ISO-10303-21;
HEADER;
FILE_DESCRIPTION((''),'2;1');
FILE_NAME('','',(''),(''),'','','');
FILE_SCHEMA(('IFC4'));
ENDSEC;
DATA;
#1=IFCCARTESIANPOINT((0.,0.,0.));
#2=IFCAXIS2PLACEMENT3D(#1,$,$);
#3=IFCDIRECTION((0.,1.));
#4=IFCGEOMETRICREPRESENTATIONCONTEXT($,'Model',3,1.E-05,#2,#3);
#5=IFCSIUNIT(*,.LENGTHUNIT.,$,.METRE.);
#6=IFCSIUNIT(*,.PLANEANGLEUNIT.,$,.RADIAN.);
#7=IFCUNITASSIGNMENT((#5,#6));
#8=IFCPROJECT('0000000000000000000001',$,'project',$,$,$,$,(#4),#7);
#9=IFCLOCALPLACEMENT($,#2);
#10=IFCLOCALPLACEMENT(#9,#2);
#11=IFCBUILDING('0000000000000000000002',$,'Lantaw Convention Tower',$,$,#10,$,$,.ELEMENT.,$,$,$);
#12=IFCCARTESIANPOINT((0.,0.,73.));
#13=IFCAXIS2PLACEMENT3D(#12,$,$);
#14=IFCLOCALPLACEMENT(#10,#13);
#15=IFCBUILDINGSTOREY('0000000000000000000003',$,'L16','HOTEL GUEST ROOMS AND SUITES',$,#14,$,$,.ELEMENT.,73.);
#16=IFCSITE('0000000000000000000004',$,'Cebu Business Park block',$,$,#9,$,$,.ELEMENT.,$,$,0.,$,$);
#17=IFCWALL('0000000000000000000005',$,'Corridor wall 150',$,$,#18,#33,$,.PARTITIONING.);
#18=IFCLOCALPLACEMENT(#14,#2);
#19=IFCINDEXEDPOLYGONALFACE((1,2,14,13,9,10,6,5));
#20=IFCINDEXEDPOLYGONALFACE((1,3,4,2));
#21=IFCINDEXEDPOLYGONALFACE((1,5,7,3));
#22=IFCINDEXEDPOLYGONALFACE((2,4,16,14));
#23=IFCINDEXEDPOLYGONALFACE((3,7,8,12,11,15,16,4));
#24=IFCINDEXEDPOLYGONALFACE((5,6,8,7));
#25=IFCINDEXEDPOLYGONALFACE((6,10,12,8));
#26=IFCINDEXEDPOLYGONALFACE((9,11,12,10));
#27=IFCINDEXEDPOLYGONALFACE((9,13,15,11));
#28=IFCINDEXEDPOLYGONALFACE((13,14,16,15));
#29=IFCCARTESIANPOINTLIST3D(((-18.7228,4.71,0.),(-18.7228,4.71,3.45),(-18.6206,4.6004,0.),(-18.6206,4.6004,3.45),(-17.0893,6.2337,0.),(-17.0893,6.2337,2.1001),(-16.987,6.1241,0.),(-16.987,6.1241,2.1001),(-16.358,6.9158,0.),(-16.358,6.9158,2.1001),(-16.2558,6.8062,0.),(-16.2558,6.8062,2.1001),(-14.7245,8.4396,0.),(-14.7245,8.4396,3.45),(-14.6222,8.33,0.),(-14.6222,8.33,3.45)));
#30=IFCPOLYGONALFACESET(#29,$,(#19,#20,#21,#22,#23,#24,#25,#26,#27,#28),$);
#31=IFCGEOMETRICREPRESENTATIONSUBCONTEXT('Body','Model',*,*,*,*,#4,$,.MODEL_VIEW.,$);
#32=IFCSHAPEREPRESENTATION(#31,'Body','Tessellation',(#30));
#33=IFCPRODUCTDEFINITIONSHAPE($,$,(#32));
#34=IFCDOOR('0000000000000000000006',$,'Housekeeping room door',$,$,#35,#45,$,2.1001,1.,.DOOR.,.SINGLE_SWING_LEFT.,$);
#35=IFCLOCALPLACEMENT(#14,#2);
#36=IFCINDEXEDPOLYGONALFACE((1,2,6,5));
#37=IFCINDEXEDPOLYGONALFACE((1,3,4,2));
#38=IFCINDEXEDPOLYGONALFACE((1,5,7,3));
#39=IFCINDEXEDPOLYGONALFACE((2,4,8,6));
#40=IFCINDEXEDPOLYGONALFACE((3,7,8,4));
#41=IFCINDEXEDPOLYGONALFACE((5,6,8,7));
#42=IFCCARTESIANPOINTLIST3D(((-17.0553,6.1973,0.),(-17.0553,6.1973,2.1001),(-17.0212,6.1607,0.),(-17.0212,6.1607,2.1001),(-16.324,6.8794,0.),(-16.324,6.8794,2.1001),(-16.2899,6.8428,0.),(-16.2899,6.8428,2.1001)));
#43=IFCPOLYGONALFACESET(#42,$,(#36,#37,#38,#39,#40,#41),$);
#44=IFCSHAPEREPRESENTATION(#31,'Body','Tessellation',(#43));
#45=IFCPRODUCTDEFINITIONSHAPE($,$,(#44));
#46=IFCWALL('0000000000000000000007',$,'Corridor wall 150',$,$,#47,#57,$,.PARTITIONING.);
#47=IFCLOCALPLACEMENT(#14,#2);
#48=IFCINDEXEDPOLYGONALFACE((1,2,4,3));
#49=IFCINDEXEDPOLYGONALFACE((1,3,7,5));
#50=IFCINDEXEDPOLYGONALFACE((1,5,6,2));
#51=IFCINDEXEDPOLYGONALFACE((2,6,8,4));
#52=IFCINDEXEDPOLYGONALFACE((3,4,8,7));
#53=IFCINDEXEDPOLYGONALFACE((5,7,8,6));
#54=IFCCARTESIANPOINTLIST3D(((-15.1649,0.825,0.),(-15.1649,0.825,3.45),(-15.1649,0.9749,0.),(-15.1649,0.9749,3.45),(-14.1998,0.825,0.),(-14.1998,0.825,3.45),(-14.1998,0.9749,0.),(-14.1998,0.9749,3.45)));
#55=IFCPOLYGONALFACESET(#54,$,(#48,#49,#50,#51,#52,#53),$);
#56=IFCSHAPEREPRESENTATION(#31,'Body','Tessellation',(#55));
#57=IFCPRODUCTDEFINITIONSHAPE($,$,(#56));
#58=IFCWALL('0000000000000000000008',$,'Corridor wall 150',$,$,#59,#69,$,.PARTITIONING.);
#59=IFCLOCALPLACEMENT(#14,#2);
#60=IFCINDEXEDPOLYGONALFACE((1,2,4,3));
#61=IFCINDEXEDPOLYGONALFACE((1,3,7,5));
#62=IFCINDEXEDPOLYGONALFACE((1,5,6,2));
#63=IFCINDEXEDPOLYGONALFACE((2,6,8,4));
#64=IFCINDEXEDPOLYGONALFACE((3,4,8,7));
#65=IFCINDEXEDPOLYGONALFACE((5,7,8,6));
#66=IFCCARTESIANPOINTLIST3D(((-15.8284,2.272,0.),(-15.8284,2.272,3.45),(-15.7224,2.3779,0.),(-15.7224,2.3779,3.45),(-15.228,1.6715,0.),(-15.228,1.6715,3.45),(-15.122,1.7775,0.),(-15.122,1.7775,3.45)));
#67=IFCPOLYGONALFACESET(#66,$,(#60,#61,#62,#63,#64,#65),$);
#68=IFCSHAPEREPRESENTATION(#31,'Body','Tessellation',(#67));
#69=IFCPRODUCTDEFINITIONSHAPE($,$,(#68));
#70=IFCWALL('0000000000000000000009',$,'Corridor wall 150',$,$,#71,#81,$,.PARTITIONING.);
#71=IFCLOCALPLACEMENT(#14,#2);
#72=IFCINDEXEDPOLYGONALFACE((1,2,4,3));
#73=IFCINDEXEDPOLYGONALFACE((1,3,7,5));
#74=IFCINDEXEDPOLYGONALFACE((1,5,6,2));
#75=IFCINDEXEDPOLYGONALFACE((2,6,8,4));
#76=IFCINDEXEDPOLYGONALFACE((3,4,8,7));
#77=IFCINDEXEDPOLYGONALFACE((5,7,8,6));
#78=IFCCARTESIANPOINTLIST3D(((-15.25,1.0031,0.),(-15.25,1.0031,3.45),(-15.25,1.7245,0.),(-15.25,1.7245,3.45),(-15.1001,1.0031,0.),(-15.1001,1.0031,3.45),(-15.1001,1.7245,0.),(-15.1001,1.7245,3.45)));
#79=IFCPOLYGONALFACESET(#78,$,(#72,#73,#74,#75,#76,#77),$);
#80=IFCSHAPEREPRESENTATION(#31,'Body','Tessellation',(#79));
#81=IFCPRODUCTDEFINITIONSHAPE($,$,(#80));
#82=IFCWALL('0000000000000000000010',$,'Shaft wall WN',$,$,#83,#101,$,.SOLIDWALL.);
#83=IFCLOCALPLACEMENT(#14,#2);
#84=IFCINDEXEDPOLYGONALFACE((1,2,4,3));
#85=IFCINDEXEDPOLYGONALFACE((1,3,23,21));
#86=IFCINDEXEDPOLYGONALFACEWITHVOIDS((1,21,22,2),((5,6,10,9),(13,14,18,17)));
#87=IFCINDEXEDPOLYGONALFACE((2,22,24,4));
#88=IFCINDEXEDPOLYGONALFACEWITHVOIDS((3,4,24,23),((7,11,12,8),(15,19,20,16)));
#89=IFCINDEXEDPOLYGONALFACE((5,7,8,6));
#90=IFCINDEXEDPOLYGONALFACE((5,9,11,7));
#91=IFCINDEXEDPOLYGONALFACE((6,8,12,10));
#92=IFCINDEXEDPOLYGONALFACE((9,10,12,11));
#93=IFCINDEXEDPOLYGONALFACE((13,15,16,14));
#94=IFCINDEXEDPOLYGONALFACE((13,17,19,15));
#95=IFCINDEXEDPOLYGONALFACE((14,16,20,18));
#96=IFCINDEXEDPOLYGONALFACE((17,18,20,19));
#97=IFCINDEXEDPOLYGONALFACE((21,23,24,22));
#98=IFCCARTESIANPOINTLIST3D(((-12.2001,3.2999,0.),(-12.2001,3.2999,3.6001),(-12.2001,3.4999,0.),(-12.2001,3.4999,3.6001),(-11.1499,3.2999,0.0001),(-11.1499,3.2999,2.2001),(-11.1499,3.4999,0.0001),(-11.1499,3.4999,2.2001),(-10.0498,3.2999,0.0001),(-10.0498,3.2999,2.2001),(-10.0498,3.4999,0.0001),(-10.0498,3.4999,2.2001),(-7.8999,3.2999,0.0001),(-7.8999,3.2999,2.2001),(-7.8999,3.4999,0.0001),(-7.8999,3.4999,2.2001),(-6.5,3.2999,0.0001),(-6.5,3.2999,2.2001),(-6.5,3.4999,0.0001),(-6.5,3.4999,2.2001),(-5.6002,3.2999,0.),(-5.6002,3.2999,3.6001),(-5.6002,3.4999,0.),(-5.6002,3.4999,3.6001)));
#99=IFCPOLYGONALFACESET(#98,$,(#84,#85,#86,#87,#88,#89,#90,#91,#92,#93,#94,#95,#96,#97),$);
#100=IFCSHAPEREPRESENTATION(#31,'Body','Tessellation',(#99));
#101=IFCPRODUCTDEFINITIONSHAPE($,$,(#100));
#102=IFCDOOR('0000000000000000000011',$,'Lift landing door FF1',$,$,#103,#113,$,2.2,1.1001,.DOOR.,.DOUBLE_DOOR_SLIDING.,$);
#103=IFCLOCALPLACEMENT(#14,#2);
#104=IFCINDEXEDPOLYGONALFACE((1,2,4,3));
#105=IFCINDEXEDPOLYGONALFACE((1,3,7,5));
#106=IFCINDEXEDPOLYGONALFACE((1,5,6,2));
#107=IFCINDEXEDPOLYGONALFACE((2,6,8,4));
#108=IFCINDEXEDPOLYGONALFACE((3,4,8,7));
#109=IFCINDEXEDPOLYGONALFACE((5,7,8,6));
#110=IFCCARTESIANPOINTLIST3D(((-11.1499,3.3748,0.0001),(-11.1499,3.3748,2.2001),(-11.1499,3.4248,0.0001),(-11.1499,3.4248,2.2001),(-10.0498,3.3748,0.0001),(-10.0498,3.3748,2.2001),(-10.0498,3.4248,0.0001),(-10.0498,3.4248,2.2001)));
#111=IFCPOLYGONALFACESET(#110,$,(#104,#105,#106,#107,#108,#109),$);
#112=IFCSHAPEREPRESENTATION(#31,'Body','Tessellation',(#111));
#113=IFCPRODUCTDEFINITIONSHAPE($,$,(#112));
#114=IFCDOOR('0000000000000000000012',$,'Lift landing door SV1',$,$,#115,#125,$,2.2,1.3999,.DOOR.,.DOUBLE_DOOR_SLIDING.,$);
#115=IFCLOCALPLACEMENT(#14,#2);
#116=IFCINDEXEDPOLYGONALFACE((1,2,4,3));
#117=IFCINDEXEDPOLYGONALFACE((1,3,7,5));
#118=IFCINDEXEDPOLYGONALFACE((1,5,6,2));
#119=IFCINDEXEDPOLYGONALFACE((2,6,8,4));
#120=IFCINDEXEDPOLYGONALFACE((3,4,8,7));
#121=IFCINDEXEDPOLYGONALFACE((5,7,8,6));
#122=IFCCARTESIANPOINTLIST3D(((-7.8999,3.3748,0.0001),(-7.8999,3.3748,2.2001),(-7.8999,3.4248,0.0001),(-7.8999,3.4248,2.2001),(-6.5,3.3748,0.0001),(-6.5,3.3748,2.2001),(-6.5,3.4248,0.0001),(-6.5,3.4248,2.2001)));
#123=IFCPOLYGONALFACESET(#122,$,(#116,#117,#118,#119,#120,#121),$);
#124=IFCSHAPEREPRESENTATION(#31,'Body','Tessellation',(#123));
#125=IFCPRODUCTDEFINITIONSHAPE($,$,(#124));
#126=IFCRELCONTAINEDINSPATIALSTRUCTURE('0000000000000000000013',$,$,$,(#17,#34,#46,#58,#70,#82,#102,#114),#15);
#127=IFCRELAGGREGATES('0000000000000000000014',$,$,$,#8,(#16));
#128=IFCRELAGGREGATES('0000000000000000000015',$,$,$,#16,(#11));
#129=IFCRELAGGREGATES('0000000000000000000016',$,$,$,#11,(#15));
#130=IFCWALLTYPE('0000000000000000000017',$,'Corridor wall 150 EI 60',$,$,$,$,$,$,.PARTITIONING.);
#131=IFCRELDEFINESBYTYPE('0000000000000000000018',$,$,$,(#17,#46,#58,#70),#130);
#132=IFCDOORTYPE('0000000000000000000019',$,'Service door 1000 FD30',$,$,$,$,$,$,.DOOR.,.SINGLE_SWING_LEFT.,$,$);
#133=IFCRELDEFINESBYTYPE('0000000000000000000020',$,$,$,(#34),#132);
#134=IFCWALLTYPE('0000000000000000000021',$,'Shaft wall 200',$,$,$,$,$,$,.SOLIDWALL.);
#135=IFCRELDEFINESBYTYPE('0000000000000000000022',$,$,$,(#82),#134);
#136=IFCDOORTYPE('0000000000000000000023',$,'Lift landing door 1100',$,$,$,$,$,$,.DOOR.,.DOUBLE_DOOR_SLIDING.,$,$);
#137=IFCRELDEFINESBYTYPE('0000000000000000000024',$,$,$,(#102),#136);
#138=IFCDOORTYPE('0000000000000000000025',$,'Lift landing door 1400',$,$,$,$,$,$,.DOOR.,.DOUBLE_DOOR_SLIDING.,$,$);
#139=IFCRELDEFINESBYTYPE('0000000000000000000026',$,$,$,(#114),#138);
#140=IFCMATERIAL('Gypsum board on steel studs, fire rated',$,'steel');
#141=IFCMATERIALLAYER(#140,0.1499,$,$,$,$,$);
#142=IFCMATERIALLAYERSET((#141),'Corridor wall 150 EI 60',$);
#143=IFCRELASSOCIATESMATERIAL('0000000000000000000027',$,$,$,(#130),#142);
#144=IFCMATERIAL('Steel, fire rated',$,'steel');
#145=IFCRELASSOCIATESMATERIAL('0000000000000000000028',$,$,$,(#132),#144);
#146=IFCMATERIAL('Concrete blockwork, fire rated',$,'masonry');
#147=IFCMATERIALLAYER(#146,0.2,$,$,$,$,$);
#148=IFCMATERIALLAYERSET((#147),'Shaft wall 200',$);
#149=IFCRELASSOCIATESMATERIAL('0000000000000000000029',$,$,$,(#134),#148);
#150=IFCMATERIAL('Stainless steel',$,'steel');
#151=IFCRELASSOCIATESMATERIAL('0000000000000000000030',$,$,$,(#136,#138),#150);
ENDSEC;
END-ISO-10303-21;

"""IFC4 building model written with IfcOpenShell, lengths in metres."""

from ifc_helpers import new_model, si_unit, direction, frame, frame_2d, origin, place, context, subcontext, project, spatial, rectangle, extrude, material, layer, layer_set, type_object, element, fill, save


model = new_model("IFC4")

# Units and contexts
model_context = context("Model", 3, precision=1e-05, world=origin(), true_north=direction((0.0, 1.0)))
body_context = subcontext(model_context, "Body", "Model", "MODEL_VIEW")
ifc_project = project(units=[si_unit("LENGTHUNIT", "METRE"), si_unit("PLANEANGLEUNIT", "RADIAN")], contexts=[model_context])

# Site, building, storey
site_placement = place(None, origin())
site = spatial("IfcSite", under=ifc_project, at=site_placement, Name="Cebu Business Park block", CompositionType="ELEMENT", RefElevation=0.0)
building_placement = place(site_placement, origin())
building = spatial("IfcBuilding", under=site, at=building_placement, Name="Lantaw Convention Tower", CompositionType="ELEMENT")
storey_placement = place(building_placement, frame((0.0, 0.0, 73.0)))
storey = spatial("IfcBuildingStorey", under=building, at=storey_placement, Name="L16", Description="HOTEL GUEST ROOMS AND SUITES", CompositionType="ELEMENT", Elevation=73.0)

# Wall, opening, door
ifc_material_1 = material(Name="Gypsum board on steel studs, fire rated", Category="steel")
ifc_layer_1 = layer(ifc_material_1, 0.1499)
ifc_layer_set_1 = layer_set([ifc_layer_1], Name="Corridor wall 150 EI 60")
wall_type_1 = type_object("IfcWallType", Name="Corridor wall 150 EI 60", PredefinedType="PARTITIONING", material=ifc_layer_set_1)
wall_1_placement = place(storey_placement, frame((-14.6733, 8.3848, 0.0), z_axis=(0.0, 0.0, 1.0), x_axis=(-0.73126, -0.682099, 0.0)))
wall_1 = element("IfcWall", 1, at=wall_1_placement, inside=storey, type_object=wall_type_1, Name="Corridor wall 150", PredefinedType="PARTITIONING", context=body_context, shape_type="SweptSolid", body=[
    extrude(rectangle(XDim=5.4678, YDim=0.1499, at=frame_2d((2.7339, 0.0))), origin(), (0.0, 0.0, 1.0), 3.45),
])
opening_1_placement = place(wall_1_placement, frame((2.2339, 0.0, 0.0)))
opening_1 = element("IfcOpeningElement", 2, at=opening_1_placement, cuts=wall_1, PredefinedType="OPENING", context=body_context, shape_type="SweptSolid", body=[
    extrude(rectangle(XDim=1.0, YDim=2.1001, at=frame_2d((0.5, 1.05))), frame((0.0, 0.085, 0.0), z_axis=(0.0, -1.0, 0.0), x_axis=(1.0, 0.0, 0.0)), (0.0, 0.0, 1.0), 0.1699),
])
ifc_material_2 = material(Name="Steel, fire rated", Category="steel")
door_type_1 = type_object("IfcDoorType", Name="Service door 1000 FD30", OperationType="SINGLE_SWING_LEFT", PredefinedType="DOOR", material=ifc_material_2)
door_1_placement = place(opening_1_placement, origin())
door_1 = element("IfcDoor", 3, at=door_1_placement, inside=storey, type_object=door_type_1, Name="Housekeeping room door", OperationType="SINGLE_SWING_LEFT", OverallHeight=2.1001, OverallWidth=1.0, PredefinedType="DOOR", context=body_context, shape_type="SweptSolid", body=[
    extrude(rectangle(XDim=1.0, YDim=2.1001, at=frame_2d((0.5, 1.05))), frame((0.0, 0.0249, 0.0), z_axis=(0.0, -1.0, 0.0), x_axis=(1.0, 0.0, 0.0)), (0.0, 0.0, 1.0), 0.05),
])
fill(opening_1, door_1)

# Walls
wall_2_placement = place(storey_placement, frame((-14.2, 0.8999, 0.0), z_axis=(0.0, 0.0, 1.0), x_axis=(-1.0, 0.0, 0.0)))
element("IfcWall", 4, at=wall_2_placement, inside=storey, type_object=wall_type_1, Name="Corridor wall 150", PredefinedType="PARTITIONING", context=body_context, shape_type="SweptSolid", body=[
    extrude(rectangle(XDim=0.9651, YDim=0.1499, at=frame_2d((0.4824, 0.0))), origin(), (0.0, 0.0, 1.0), 3.45),
])
wall_3_placement = place(storey_placement, frame((-15.7754, 2.325, 0.0), z_axis=(0.0, 0.0, 1.0), x_axis=(0.707107, -0.707107, 0.0)))
element("IfcWall", 5, at=wall_3_placement, inside=storey, type_object=wall_type_1, Name="Corridor wall 150", PredefinedType="PARTITIONING", context=body_context, shape_type="SweptSolid", body=[
    extrude(rectangle(XDim=0.8491, YDim=0.1499, at=frame_2d((0.4246, 0.0))), origin(), (0.0, 0.0, 1.0), 3.45),
])
wall_4_placement = place(storey_placement, frame((-15.175, 1.7246, 0.0), z_axis=(0.0, 0.0, 1.0), x_axis=(0.0, -1.0, 0.0)))
element("IfcWall", 6, at=wall_4_placement, inside=storey, type_object=wall_type_1, Name="Corridor wall 150", PredefinedType="PARTITIONING", context=body_context, shape_type="SweptSolid", body=[
    extrude(rectangle(XDim=0.7214, YDim=0.1499, at=frame_2d((0.3608, 0.0))), origin(), (0.0, 0.0, 1.0), 3.45),
])

# Wall, openings, doors
ifc_material_3 = material(Name="Concrete blockwork, fire rated", Category="masonry")
ifc_layer_2 = layer(ifc_material_3, 0.2)
ifc_layer_set_2 = layer_set([ifc_layer_2], Name="Shaft wall 200")
wall_type_2 = type_object("IfcWallType", Name="Shaft wall 200", PredefinedType="SOLIDWALL", material=ifc_layer_set_2)
wall_5_placement = place(storey_placement, frame((-12.2, 3.3999, 0.0), z_axis=(0.0, 0.0, 1.0), x_axis=(1.0, 0.0, 0.0)))
wall_5 = element("IfcWall", 7, at=wall_5_placement, inside=storey, type_object=wall_type_2, Name="Shaft wall WN", PredefinedType="SOLIDWALL", context=body_context, shape_type="SweptSolid", body=[
    extrude(rectangle(XDim=6.5999, YDim=0.2, at=frame_2d((3.2998, 0.0))), origin(), (0.0, 0.0, 1.0), 3.6001),
])
opening_2_placement = place(wall_5_placement, frame((1.05, 0.0, 0.0)))
opening_2 = element("IfcOpeningElement", 8, at=opening_2_placement, cuts=wall_5, PredefinedType="OPENING", context=body_context, shape_type="SweptSolid", body=[
    extrude(rectangle(XDim=1.1001, YDim=2.2, at=frame_2d((0.55, 1.1001))), frame((0.0, 0.1099, 0.0), z_axis=(0.0, -1.0, 0.0), x_axis=(1.0, 0.0, 0.0)), (0.0, 0.0, 1.0), 0.22),
])
opening_3_placement = place(wall_5_placement, frame((4.3, 0.0, 0.0)))
opening_3 = element("IfcOpeningElement", 9, at=opening_3_placement, cuts=wall_5, PredefinedType="OPENING", context=body_context, shape_type="SweptSolid", body=[
    extrude(rectangle(XDim=1.3999, YDim=2.2, at=frame_2d((0.7, 1.1001))), frame((0.0, 0.1099, 0.0), z_axis=(0.0, -1.0, 0.0), x_axis=(1.0, 0.0, 0.0)), (0.0, 0.0, 1.0), 0.22),
])
ifc_material_4 = material(Name="Stainless steel", Category="steel")
door_type_2 = type_object("IfcDoorType", Name="Lift landing door 1100", OperationType="DOUBLE_DOOR_SLIDING", PredefinedType="DOOR", material=ifc_material_4)
door_2_placement = place(opening_2_placement, origin())
door_2 = element("IfcDoor", 10, at=door_2_placement, inside=storey, type_object=door_type_2, Name="Lift landing door FF1", OperationType="DOUBLE_DOOR_SLIDING", OverallHeight=2.2, OverallWidth=1.1001, PredefinedType="DOOR", context=body_context, shape_type="SweptSolid", body=[
    extrude(rectangle(XDim=1.1001, YDim=2.2, at=frame_2d((0.55, 1.1001))), frame((0.0, 0.0249, 0.0), z_axis=(0.0, -1.0, 0.0), x_axis=(1.0, 0.0, 0.0)), (0.0, 0.0, 1.0), 0.05),
])
fill(opening_2, door_2)
door_type_3 = type_object("IfcDoorType", Name="Lift landing door 1400", OperationType="DOUBLE_DOOR_SLIDING", PredefinedType="DOOR", material=ifc_material_4)
door_3_placement = place(opening_3_placement, origin())
door_3 = element("IfcDoor", 11, at=door_3_placement, inside=storey, type_object=door_type_3, Name="Lift landing door SV1", OperationType="DOUBLE_DOOR_SLIDING", OverallHeight=2.2, OverallWidth=1.3999, PredefinedType="DOOR", context=body_context, shape_type="SweptSolid", body=[
    extrude(rectangle(XDim=1.3999, YDim=2.2, at=frame_2d((0.7, 1.1001))), frame((0.0, 0.0249, 0.0), z_axis=(0.0, -1.0, 0.0), x_axis=(1.0, 0.0, 0.0)), (0.0, 0.0, 1.0), 0.05),
])
fill(opening_3, door_3)

save(model, "model.ifc")
